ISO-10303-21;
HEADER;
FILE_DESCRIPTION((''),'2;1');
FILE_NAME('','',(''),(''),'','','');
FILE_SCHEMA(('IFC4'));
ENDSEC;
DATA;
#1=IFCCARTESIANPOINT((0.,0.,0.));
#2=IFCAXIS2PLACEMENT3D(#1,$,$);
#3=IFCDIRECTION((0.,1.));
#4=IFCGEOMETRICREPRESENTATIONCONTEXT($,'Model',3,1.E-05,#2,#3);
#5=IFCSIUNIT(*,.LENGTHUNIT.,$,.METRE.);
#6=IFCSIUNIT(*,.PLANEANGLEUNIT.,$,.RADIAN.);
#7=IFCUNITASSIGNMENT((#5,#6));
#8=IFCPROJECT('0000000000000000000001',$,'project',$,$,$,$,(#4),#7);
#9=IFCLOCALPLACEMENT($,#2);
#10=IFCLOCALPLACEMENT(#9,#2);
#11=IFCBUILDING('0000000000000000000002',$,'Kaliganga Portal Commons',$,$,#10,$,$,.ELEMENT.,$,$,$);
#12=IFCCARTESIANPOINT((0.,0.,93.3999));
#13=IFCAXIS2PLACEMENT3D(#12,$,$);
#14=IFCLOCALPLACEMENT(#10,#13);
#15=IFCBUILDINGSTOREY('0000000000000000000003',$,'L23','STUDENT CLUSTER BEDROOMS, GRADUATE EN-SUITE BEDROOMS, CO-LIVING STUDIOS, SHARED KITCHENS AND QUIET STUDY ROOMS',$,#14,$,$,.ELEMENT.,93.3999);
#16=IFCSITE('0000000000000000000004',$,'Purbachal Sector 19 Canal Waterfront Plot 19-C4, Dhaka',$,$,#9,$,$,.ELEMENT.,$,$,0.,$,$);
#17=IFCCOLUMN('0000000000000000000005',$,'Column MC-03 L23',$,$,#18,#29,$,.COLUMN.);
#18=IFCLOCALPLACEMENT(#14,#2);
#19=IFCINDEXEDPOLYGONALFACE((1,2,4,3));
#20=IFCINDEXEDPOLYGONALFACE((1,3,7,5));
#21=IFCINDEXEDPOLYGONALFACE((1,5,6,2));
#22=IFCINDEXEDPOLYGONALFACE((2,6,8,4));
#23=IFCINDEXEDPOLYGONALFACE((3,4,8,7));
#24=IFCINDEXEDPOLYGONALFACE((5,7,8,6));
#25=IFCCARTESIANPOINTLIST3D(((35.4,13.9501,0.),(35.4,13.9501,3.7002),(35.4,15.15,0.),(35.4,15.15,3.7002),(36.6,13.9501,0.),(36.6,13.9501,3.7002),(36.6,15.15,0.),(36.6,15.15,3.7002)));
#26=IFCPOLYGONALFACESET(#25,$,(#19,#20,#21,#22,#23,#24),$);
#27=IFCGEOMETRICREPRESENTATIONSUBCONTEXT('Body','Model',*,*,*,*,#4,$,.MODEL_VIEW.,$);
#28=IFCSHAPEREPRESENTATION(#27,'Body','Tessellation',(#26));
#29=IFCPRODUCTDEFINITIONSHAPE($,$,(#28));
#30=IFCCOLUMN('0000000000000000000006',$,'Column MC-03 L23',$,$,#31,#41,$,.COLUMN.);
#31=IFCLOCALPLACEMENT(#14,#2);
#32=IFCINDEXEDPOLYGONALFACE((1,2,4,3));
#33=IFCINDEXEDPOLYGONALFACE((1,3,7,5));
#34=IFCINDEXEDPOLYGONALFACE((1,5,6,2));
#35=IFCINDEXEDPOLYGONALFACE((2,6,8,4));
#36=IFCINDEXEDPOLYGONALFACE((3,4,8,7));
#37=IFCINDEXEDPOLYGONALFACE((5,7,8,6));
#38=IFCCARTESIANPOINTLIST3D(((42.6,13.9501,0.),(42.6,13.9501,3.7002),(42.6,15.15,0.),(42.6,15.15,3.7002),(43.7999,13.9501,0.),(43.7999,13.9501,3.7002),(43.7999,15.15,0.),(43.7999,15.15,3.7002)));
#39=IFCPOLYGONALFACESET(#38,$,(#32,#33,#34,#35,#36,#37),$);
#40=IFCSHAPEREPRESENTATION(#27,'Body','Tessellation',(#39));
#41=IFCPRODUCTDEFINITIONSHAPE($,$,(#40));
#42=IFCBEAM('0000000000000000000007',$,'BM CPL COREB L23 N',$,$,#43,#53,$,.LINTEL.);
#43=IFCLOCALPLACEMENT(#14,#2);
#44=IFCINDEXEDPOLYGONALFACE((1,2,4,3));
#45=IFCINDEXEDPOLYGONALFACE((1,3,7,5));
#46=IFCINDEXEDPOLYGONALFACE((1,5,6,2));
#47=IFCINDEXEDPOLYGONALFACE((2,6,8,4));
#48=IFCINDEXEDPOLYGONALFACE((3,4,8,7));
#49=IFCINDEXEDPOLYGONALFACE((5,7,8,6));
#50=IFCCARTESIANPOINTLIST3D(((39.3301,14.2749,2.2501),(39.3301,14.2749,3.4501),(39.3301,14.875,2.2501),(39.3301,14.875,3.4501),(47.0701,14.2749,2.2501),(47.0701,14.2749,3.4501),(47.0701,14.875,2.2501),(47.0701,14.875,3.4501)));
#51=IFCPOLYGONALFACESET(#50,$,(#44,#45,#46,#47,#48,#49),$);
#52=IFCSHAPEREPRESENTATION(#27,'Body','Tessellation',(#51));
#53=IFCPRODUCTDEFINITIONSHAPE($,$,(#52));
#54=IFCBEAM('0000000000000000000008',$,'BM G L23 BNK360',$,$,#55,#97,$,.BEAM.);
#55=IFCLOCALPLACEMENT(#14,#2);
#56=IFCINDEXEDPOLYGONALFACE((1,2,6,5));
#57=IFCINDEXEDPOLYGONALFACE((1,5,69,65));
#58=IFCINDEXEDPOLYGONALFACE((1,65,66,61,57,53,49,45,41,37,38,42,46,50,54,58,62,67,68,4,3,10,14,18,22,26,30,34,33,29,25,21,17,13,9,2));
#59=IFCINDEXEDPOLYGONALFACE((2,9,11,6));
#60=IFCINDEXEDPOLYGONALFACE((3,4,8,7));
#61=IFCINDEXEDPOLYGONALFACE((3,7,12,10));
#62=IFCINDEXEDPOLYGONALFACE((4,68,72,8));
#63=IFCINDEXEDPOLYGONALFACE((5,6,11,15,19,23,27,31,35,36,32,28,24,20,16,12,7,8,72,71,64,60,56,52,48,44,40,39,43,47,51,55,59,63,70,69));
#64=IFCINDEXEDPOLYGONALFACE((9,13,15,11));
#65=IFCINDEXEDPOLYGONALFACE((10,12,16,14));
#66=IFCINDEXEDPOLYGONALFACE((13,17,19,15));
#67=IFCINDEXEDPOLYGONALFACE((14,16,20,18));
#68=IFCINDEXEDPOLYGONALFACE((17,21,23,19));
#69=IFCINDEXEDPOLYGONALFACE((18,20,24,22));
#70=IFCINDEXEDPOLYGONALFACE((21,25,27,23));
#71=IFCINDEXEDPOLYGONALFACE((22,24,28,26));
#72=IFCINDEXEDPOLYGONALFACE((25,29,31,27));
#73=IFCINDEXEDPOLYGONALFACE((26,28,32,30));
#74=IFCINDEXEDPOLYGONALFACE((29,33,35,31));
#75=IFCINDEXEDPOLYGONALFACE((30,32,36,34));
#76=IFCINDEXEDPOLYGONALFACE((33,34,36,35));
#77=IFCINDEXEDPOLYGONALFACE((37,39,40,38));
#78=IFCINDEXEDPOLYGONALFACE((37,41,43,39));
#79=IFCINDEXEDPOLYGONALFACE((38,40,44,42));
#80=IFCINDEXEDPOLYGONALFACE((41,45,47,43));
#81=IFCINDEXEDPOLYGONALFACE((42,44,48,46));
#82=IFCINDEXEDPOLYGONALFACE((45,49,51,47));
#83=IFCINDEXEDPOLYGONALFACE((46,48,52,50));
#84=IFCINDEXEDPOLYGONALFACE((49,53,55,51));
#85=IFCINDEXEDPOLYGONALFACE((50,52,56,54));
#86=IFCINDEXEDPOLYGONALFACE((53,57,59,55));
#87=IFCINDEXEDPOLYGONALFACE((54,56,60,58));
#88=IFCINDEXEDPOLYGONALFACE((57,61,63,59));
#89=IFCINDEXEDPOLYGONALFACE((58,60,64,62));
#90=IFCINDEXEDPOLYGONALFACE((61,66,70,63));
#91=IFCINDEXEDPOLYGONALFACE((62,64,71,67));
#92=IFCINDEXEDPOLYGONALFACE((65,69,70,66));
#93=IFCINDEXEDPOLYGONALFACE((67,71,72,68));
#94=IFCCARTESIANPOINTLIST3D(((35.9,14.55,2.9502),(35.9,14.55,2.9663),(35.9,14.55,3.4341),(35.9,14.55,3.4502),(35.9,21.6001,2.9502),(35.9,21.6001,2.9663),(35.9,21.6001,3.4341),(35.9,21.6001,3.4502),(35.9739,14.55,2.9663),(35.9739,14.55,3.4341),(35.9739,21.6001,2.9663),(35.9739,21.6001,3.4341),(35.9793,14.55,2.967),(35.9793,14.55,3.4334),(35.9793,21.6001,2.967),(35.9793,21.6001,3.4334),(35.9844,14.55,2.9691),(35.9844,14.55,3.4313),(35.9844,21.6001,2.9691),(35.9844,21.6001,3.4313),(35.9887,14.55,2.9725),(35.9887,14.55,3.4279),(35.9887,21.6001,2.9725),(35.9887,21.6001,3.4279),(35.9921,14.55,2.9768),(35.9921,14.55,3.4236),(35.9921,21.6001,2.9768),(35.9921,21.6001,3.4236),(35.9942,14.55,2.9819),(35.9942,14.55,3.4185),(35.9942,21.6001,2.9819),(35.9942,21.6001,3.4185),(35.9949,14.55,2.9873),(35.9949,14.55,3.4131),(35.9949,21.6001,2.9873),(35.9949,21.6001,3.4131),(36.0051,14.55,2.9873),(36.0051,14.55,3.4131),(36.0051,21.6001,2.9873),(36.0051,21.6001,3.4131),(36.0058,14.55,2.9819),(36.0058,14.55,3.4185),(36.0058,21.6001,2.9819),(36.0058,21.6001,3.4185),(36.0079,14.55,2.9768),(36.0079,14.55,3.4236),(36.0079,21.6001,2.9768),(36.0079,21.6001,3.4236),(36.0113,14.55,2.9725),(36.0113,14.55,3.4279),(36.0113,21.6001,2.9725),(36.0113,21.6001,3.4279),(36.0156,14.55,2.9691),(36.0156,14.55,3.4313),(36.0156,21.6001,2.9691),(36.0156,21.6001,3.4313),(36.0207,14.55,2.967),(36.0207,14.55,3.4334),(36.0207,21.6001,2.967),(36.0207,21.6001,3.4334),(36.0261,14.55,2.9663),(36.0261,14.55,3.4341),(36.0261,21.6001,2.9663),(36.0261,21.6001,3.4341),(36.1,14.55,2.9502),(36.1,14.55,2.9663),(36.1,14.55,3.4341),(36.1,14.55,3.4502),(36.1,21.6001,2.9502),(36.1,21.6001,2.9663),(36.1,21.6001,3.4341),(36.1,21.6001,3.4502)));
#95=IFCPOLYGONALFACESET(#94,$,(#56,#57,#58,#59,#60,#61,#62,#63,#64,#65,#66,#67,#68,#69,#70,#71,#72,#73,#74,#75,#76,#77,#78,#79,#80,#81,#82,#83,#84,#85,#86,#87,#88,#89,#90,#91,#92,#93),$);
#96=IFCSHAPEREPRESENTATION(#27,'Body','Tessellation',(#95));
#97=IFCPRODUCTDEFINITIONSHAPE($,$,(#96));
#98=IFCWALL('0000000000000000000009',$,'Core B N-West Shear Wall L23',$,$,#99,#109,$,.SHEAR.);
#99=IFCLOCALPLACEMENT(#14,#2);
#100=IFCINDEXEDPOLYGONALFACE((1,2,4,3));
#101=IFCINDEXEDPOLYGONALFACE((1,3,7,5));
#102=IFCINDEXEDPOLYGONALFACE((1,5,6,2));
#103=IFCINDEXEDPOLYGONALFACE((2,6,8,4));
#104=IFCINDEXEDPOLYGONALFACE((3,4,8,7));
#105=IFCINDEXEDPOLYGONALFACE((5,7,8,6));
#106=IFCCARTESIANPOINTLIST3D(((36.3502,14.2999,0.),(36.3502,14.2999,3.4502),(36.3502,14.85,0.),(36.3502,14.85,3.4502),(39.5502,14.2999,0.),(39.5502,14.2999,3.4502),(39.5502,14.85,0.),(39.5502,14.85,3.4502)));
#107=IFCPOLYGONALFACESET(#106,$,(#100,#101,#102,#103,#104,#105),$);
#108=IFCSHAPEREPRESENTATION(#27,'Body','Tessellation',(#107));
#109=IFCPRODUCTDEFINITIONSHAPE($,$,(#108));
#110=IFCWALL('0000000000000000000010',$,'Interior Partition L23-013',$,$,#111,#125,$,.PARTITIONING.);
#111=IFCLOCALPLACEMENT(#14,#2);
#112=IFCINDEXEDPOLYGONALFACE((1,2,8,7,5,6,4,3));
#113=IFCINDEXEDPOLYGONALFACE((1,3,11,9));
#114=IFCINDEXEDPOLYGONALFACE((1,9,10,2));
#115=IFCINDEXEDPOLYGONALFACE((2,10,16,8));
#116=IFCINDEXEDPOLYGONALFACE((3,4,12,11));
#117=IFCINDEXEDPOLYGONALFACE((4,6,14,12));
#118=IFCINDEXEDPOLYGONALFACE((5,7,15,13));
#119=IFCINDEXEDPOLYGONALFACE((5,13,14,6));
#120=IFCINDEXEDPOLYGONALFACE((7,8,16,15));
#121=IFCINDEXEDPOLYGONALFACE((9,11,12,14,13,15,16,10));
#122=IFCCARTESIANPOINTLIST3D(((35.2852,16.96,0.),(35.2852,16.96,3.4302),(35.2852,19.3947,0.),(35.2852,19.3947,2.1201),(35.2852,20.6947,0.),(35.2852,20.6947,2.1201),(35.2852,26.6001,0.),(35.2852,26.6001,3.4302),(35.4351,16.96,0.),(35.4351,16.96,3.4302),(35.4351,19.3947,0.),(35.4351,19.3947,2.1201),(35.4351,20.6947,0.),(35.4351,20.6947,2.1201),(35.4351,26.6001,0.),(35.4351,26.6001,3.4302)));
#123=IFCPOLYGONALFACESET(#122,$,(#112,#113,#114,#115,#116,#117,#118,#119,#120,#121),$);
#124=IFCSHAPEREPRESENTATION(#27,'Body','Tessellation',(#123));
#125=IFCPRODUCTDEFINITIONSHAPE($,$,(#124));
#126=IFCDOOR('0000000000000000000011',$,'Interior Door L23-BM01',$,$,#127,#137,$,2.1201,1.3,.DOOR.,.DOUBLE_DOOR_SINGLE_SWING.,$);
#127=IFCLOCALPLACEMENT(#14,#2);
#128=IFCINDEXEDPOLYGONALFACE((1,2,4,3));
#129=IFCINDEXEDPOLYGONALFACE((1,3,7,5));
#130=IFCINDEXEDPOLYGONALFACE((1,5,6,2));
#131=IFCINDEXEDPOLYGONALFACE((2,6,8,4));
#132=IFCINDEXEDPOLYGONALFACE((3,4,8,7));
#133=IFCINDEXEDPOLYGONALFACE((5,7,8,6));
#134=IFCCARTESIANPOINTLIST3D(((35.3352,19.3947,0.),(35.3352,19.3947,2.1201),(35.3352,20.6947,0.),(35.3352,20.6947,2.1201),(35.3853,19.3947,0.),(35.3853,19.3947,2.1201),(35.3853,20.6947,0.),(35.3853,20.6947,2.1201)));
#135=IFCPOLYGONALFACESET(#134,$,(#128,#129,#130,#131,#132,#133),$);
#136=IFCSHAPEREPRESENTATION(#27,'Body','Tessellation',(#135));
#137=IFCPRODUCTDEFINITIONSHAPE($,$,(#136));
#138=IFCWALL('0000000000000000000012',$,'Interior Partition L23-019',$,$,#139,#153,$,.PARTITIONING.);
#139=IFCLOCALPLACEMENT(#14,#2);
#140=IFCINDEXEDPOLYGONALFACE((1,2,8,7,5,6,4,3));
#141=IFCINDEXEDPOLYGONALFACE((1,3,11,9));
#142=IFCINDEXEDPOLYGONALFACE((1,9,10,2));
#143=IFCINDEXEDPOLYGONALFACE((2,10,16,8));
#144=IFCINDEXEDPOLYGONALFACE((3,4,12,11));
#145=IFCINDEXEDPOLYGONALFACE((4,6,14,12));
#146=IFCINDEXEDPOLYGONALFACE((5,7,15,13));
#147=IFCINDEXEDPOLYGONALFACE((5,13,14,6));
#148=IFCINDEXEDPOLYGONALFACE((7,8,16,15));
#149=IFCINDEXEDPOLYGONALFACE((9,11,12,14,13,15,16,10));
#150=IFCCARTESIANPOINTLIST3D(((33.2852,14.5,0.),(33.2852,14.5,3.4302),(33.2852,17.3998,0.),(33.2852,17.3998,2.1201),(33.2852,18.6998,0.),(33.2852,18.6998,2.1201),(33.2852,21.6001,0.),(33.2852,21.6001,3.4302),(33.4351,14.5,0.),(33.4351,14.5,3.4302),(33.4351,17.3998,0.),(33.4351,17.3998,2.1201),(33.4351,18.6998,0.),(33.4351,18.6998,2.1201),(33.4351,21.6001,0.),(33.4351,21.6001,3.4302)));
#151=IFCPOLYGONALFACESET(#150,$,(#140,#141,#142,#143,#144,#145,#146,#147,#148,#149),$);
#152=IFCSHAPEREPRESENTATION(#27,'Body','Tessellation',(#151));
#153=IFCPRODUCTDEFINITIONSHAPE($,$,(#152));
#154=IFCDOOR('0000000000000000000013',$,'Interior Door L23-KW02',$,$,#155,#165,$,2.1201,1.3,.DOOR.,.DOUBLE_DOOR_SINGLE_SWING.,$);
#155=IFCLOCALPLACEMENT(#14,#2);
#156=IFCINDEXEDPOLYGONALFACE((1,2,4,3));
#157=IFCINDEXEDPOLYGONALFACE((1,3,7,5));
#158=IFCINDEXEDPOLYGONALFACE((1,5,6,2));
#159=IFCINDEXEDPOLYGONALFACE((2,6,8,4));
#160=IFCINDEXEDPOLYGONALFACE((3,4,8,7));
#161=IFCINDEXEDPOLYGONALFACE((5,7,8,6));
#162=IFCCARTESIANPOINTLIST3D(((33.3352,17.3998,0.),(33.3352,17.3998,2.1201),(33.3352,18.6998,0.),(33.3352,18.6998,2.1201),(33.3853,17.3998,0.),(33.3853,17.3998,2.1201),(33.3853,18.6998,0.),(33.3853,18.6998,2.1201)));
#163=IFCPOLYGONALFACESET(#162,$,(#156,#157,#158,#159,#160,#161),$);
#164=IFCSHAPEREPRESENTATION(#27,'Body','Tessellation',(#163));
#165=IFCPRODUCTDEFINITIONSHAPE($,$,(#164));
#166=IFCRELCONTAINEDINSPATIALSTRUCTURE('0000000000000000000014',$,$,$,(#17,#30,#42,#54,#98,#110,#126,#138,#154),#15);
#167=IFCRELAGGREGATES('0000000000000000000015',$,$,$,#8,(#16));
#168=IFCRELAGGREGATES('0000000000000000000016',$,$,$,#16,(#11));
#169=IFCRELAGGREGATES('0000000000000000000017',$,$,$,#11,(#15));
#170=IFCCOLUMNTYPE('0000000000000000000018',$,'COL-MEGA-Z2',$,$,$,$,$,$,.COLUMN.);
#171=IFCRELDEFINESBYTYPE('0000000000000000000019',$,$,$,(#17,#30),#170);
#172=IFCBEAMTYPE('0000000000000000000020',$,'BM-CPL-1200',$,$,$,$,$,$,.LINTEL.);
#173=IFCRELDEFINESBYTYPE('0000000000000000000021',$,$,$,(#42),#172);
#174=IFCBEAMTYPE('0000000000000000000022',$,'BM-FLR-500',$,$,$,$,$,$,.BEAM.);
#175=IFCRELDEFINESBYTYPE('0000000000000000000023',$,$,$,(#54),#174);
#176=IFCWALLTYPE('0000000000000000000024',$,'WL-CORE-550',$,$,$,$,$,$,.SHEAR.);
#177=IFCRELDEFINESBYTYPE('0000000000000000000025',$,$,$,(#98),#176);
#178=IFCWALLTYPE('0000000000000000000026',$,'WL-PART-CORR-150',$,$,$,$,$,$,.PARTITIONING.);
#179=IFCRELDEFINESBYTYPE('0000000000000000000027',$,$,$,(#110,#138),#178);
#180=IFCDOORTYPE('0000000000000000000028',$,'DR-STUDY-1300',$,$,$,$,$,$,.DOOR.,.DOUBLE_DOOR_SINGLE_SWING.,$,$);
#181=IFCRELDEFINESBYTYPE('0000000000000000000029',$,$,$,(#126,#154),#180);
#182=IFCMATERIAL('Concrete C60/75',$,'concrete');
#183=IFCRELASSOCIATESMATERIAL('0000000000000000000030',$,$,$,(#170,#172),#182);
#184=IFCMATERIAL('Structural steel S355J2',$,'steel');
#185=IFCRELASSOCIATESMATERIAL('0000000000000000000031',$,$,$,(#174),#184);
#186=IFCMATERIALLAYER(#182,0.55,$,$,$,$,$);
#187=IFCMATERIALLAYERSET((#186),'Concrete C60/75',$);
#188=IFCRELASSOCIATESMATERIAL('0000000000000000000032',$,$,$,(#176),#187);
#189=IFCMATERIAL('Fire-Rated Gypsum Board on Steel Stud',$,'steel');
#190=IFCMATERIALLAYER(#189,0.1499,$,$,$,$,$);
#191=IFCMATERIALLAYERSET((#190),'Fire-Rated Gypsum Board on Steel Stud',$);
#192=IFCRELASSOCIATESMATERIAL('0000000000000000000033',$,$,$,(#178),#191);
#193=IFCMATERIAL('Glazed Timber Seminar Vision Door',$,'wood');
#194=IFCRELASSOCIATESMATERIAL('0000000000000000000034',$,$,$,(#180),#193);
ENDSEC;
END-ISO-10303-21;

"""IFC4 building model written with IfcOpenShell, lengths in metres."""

from ifc_helpers import new_model, si_unit, direction, frame, frame_2d, origin, origin_2d, place, context, subcontext, project, spatial, rectangle, i_section, extrude, source, transform, mapped, material, layer, layer_set, material_profile, profile_set, type_object, element, fill, save


model = new_model("IFC4")

# Units and contexts
model_context = context("Model", 3, precision=1e-05, world=origin(), true_north=direction((0.0, 1.0)))
body_context = subcontext(model_context, "Body", "Model", "MODEL_VIEW")
ifc_project = project(units=[si_unit("LENGTHUNIT", "METRE"), si_unit("PLANEANGLEUNIT", "RADIAN")], contexts=[model_context])

# Site, building, storey
site_placement = place(None, origin())
site = spatial("IfcSite", under=ifc_project, at=site_placement, Name="Purbachal Sector 19 Canal Waterfront Plot 19-C4, Dhaka", CompositionType="ELEMENT", RefElevation=0.0)
building_placement = place(site_placement, origin())
building = spatial("IfcBuilding", under=site, at=building_placement, Name="Kaliganga Portal Commons", CompositionType="ELEMENT")
storey_placement = place(building_placement, frame((0.0, 0.0, 93.3999)))
storey = spatial("IfcBuildingStorey", under=building, at=storey_placement, Name="L23", Description="STUDENT CLUSTER BEDROOMS, GRADUATE EN-SUITE BEDROOMS, CO-LIVING STUDIOS, SHARED KITCHENS AND QUIET STUDY ROOMS", CompositionType="ELEMENT", Elevation=93.3999)

# Columns
ifc_material_1 = material(Name="Concrete C60/75", Category="concrete")
ifc_material_profile_1 = material_profile(ifc_material_1, rectangle(XDim=1.2, YDim=1.2, at=origin_2d()), Name="RC 1200x1200")
ifc_profile_set_1 = profile_set([ifc_material_profile_1], Name="Concrete C60/75")
column_type = type_object("IfcColumnType", Name="COL-MEGA-Z2", PredefinedType="COLUMN", material=ifc_profile_set_1)
shared_shape_1 = source(origin(), body_context, "Body", "SweptSolid", [
    extrude(rectangle(XDim=1.2, YDim=1.2, at=origin_2d()), origin(), (0.0, 0.0, 1.0), 3.7002),
])
for number, where, z_axis, x_axis, name in (
    (1, (36.0, 14.55, 0.0), (0.0, 0.0, 1.0), (1.0, 0.0, 0.0), "Column MC-03 L23"),
    (2, (43.2, 14.55, 0.0), (0.0, 0.0, 1.0), (1.0, 0.0, 0.0), "Column MC-03 L23"),
):
    element("IfcColumn", number, at=place(storey_placement, frame(where, z_axis=z_axis, x_axis=x_axis)), inside=storey, type_object=column_type, Name=name, PredefinedType="COLUMN", context=body_context, shape_type="MappedRepresentation", body=[
        mapped(shared_shape_1, transform((0.0, 0.0, 0.0), x_axis=(1.0, 0.0, 0.0), y_axis=(0.0, 1.0, 0.0), z_axis=(0.0, 0.0, 1.0), scale=1.0)),
    ])

# Beams
ifc_material_profile_2 = material_profile(ifc_material_1, rectangle(XDim=0.6001, YDim=1.2, at=origin_2d()), Name="RC 600x1200")
ifc_profile_set_2 = profile_set([ifc_material_profile_2], Name="Concrete C60/75")
beam_type_1 = type_object("IfcBeamType", Name="BM-CPL-1200", PredefinedType="LINTEL", material=ifc_profile_set_2)
shared_shape_2 = source(origin(), body_context, "Body", "SweptSolid", [
    extrude(rectangle(XDim=0.6001, YDim=1.2, at=origin_2d()), origin(), (0.0, 0.0, 1.0), 7.74),
])
beam_1_placement = place(storey_placement, frame((39.3301, 14.575, 2.8501), z_axis=(1.0, 0.0, 0.0), x_axis=(0.0, 1.0, 0.0)))
element("IfcBeam", 3, at=beam_1_placement, inside=storey, type_object=beam_type_1, Name="BM CPL COREB L23 N", PredefinedType="LINTEL", context=body_context, shape_type="MappedRepresentation", body=[
    mapped(shared_shape_2, transform((0.0, 0.0, 0.0), x_axis=(1.0, 0.0, 0.0), y_axis=(0.0, 1.0, 0.0), z_axis=(0.0, 0.0, 1.0), scale=1.0)),
])
ifc_material_2 = material(Name="Structural steel S355J2", Category="steel")
ifc_material_profile_3 = material_profile(ifc_material_2, i_section(OverallWidth=0.2, OverallDepth=0.5, WebThickness=0.0103, FlangeThickness=0.0161, FilletRadius=0.021, at=origin_2d()), Name="IPE 500")
ifc_profile_set_3 = profile_set([ifc_material_profile_3], Name="Structural steel S355J2 wide-flange")
beam_type_2 = type_object("IfcBeamType", Name="BM-FLR-500", PredefinedType="BEAM", material=ifc_profile_set_3)
shared_shape_3 = source(origin(), body_context, "Body", "SweptSolid", [
    extrude(i_section(OverallWidth=0.2, OverallDepth=0.5, WebThickness=0.0103, FlangeThickness=0.0161, FilletRadius=0.021, at=origin_2d()), origin(), (0.0, 0.0, 1.0), 7.05),
])
beam_2_placement = place(storey_placement, frame((36.0, 14.55, 3.2002), z_axis=(0.0, 1.0, 0.0), x_axis=(-1.0, 0.0, 0.0)))
element("IfcBeam", 4, at=beam_2_placement, inside=storey, type_object=beam_type_2, Name="BM G L23 BNK360", PredefinedType="BEAM", context=body_context, shape_type="MappedRepresentation", body=[
    mapped(shared_shape_3, transform((0.0, 0.0, 0.0), x_axis=(1.0, 0.0, 0.0), y_axis=(0.0, 1.0, 0.0), z_axis=(0.0, 0.0, 1.0), scale=1.0)),
])

# Wall
ifc_layer_1 = layer(ifc_material_1, 0.55)
ifc_layer_set_1 = layer_set([ifc_layer_1], Name="Concrete C60/75")
wall_type_1 = type_object("IfcWallType", Name="WL-CORE-550", PredefinedType="SHEAR", material=ifc_layer_set_1)
wall_1_placement = place(storey_placement, frame((36.3501, 14.575, 0.0), z_axis=(0.0, 0.0, 1.0), x_axis=(1.0, 0.0, 0.0)))
element("IfcWall", 5, at=wall_1_placement, inside=storey, type_object=wall_type_1, Name="Core B N-West Shear Wall L23", PredefinedType="SHEAR", context=body_context, shape_type="SweptSolid", body=[
    extrude(rectangle(XDim=3.2, YDim=0.55, at=frame_2d((1.6001, 0.0))), origin(), (0.0, 0.0, 1.0), 3.4502),
])

# Walls, openings, doors
ifc_material_3 = material(Name="Fire-Rated Gypsum Board on Steel Stud", Category="steel")
ifc_layer_2 = layer(ifc_material_3, 0.1499)
ifc_layer_set_2 = layer_set([ifc_layer_2], Name="Fire-Rated Gypsum Board on Steel Stud")
wall_type_2 = type_object("IfcWallType", Name="WL-PART-CORR-150", PredefinedType="PARTITIONING", material=ifc_layer_set_2)
wall_2_placement = place(storey_placement, frame((35.3601, 16.96, 0.0), z_axis=(0.0, 0.0, 1.0), x_axis=(0.0, 1.0, 0.0)))
wall_2 = element("IfcWall", 6, at=wall_2_placement, inside=storey, type_object=wall_type_2, Name="Interior Partition L23-013", PredefinedType="PARTITIONING", context=body_context, shape_type="SweptSolid", body=[
    extrude(rectangle(XDim=9.6401, YDim=0.1499, at=frame_2d((4.8201, 0.0))), origin(), (0.0, 0.0, 1.0), 3.4302),
])
opening_1_placement = place(wall_2_placement, frame((2.4348, 0.0, 0.0)))
opening_1 = element("IfcOpeningElement", 7, at=opening_1_placement, cuts=wall_2, PredefinedType="OPENING", context=body_context, shape_type="SweptSolid", body=[
    extrude(rectangle(XDim=1.3, YDim=2.1201, at=frame_2d((0.6499, 1.0601))), frame((0.0, 0.085, 0.0), z_axis=(0.0, -1.0, 0.0), x_axis=(1.0, 0.0, 0.0)), (0.0, 0.0, 1.0), 0.1699),
])
ifc_material_4 = material(Name="Glazed Timber Seminar Vision Door", Category="wood")
door_type_1 = type_object("IfcDoorType", Name="DR-STUDY-1300", OperationType="DOUBLE_DOOR_SINGLE_SWING", PredefinedType="DOOR", material=ifc_material_4)
door_1_placement = place(opening_1_placement, origin())
door_1 = element("IfcDoor", 8, at=door_1_placement, inside=storey, type_object=door_type_1, Name="Interior Door L23-BM01", OperationType="DOUBLE_DOOR_SINGLE_SWING", OverallHeight=2.1201, OverallWidth=1.3, PredefinedType="DOOR", context=body_context, shape_type="SweptSolid", body=[
    extrude(rectangle(XDim=1.3, YDim=2.1201, at=frame_2d((0.6499, 1.0601))), frame((0.0, 0.0249, 0.0), z_axis=(0.0, -1.0, 0.0), x_axis=(1.0, 0.0, 0.0)), (0.0, 0.0, 1.0), 0.05),
])
fill(opening_1, door_1)
wall_3_placement = place(storey_placement, frame((33.3601, 14.5, 0.0), z_axis=(0.0, 0.0, 1.0), x_axis=(0.0, 1.0, 0.0)))
wall_3 = element("IfcWall", 9, at=wall_3_placement, inside=storey, type_object=wall_type_2, Name="Interior Partition L23-019", PredefinedType="PARTITIONING", context=body_context, shape_type="SweptSolid", body=[
    extrude(rectangle(XDim=7.1001, YDim=0.1499, at=frame_2d((3.55, 0.0))), origin(), (0.0, 0.0, 1.0), 3.4302),
])
opening_2_placement = place(wall_3_placement, frame((2.8999, 0.0, 0.0)))
opening_2 = element("IfcOpeningElement", 10, at=opening_2_placement, cuts=wall_3, PredefinedType="OPENING", context=body_context, shape_type="SweptSolid", body=[
    extrude(rectangle(XDim=1.3, YDim=2.1201, at=frame_2d((0.6499, 1.0601))), frame((0.0, 0.085, 0.0), z_axis=(0.0, -1.0, 0.0), x_axis=(1.0, 0.0, 0.0)), (0.0, 0.0, 1.0), 0.1699),
])
door_2_placement = place(opening_2_placement, origin())
door_2 = element("IfcDoor", 11, at=door_2_placement, inside=storey, type_object=door_type_1, Name="Interior Door L23-KW02", OperationType="DOUBLE_DOOR_SINGLE_SWING", OverallHeight=2.1201, OverallWidth=1.3, PredefinedType="DOOR", context=body_context, shape_type="SweptSolid", body=[
    extrude(rectangle(XDim=1.3, YDim=2.1201, at=frame_2d((0.6499, 1.0601))), frame((0.0, 0.0249, 0.0), z_axis=(0.0, -1.0, 0.0), x_axis=(1.0, 0.0, 0.0)), (0.0, 0.0, 1.0), 0.05),
])
fill(opening_2, door_2)

save(model, "model.ifc")
